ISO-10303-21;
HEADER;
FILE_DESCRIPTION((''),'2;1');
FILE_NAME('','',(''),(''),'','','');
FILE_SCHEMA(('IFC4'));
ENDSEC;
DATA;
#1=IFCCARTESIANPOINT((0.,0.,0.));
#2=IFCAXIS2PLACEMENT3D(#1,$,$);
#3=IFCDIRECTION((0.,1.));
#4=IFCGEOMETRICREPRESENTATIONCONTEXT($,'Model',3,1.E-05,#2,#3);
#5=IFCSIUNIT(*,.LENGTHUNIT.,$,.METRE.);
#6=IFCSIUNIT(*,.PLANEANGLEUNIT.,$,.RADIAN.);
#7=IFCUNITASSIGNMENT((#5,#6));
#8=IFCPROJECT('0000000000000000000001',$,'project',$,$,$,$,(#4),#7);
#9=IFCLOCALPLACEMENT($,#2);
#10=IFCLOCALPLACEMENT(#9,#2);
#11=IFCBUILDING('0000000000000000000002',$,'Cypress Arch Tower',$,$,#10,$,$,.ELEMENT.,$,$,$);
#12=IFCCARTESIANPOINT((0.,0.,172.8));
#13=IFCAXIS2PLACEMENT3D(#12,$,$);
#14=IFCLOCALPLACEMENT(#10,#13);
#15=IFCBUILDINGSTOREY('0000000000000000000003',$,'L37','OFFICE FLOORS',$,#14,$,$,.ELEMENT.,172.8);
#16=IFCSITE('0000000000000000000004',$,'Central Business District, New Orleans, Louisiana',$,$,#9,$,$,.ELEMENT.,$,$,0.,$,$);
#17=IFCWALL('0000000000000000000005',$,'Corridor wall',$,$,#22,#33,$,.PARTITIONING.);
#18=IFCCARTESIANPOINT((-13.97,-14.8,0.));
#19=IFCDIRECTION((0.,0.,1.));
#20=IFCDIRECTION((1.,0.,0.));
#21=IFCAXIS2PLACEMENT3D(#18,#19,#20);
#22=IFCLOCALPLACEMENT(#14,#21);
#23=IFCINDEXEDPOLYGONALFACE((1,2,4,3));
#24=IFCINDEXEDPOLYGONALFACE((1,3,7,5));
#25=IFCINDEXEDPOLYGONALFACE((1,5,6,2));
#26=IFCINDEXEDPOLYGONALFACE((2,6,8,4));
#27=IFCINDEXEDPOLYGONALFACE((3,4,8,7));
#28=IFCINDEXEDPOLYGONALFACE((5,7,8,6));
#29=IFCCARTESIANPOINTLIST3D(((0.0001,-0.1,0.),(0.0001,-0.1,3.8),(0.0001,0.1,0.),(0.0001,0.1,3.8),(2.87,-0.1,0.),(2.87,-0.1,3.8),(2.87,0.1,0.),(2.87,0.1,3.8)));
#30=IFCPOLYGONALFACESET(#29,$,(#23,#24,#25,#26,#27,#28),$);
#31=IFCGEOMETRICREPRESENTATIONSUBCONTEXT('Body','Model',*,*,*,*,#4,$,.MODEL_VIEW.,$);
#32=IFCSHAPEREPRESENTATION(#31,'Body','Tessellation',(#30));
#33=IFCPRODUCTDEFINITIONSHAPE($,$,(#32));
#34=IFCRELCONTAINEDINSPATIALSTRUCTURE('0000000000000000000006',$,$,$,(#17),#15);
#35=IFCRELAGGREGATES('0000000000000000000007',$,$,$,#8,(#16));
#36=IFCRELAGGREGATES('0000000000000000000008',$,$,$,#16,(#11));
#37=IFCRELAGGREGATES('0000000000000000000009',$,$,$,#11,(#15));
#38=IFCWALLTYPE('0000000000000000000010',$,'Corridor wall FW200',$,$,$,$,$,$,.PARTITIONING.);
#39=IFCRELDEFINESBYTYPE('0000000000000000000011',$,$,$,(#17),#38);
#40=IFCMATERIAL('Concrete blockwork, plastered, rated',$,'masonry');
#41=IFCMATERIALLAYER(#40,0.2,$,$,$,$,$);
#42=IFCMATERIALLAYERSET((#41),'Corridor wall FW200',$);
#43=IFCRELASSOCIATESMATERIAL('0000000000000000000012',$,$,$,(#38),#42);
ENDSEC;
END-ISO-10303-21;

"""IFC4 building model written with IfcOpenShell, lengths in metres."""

from ifc_helpers import new_model, si_unit, direction, frame, frame_2d, origin, place, context, subcontext, project, spatial, rectangle, extrude, material, layer, layer_set, type_object, element, save


model = new_model("IFC4")

# Units and contexts
model_context = context("Model", 3, precision=1e-05, world=origin(), true_north=direction((0.0, 1.0)))
body_context = subcontext(model_context, "Body", "Model", "MODEL_VIEW")
ifc_project = project(units=[si_unit("LENGTHUNIT", "METRE"), si_unit("PLANEANGLEUNIT", "RADIAN")], contexts=[model_context])

# Site, building, storey
site_placement = place(None, origin())
site = spatial("IfcSite", under=ifc_project, at=site_placement, Name="Central Business District, New Orleans, Louisiana", CompositionType="ELEMENT", RefElevation=0.0)
building_placement = place(site_placement, origin())
building = spatial("IfcBuilding", under=site, at=building_placement, Name="Cypress Arch Tower", CompositionType="ELEMENT")
storey_placement = place(building_placement, frame((0.0, 0.0, 172.8)))
storey = spatial("IfcBuildingStorey", under=building, at=storey_placement, Name="L37", Description="OFFICE FLOORS", CompositionType="ELEMENT", Elevation=172.8)

# Wall
ifc_material_1 = material(Name="Concrete blockwork, plastered, rated", Category="masonry")
ifc_layer_1 = layer(ifc_material_1, 0.2)
ifc_layer_set_1 = layer_set([ifc_layer_1], Name="Corridor wall FW200")
wall_type_1 = type_object("IfcWallType", Name="Corridor wall FW200", PredefinedType="PARTITIONING", material=ifc_layer_set_1)
wall_1_placement = place(storey_placement, frame((-13.97, -14.8, 0.0), z_axis=(0.0, 0.0, 1.0), x_axis=(1.0, 0.0, 0.0)))
element("IfcWall", 1, at=wall_1_placement, inside=storey, type_object=wall_type_1, Name="Corridor wall", PredefinedType="PARTITIONING", context=body_context, shape_type="SweptSolid", body=[
    extrude(rectangle(XDim=2.8699, YDim=0.2, at=frame_2d((1.4351, 0.0))), origin(), (0.0, 0.0, 1.0), 3.8),
])

save(model, "model.ifc")
